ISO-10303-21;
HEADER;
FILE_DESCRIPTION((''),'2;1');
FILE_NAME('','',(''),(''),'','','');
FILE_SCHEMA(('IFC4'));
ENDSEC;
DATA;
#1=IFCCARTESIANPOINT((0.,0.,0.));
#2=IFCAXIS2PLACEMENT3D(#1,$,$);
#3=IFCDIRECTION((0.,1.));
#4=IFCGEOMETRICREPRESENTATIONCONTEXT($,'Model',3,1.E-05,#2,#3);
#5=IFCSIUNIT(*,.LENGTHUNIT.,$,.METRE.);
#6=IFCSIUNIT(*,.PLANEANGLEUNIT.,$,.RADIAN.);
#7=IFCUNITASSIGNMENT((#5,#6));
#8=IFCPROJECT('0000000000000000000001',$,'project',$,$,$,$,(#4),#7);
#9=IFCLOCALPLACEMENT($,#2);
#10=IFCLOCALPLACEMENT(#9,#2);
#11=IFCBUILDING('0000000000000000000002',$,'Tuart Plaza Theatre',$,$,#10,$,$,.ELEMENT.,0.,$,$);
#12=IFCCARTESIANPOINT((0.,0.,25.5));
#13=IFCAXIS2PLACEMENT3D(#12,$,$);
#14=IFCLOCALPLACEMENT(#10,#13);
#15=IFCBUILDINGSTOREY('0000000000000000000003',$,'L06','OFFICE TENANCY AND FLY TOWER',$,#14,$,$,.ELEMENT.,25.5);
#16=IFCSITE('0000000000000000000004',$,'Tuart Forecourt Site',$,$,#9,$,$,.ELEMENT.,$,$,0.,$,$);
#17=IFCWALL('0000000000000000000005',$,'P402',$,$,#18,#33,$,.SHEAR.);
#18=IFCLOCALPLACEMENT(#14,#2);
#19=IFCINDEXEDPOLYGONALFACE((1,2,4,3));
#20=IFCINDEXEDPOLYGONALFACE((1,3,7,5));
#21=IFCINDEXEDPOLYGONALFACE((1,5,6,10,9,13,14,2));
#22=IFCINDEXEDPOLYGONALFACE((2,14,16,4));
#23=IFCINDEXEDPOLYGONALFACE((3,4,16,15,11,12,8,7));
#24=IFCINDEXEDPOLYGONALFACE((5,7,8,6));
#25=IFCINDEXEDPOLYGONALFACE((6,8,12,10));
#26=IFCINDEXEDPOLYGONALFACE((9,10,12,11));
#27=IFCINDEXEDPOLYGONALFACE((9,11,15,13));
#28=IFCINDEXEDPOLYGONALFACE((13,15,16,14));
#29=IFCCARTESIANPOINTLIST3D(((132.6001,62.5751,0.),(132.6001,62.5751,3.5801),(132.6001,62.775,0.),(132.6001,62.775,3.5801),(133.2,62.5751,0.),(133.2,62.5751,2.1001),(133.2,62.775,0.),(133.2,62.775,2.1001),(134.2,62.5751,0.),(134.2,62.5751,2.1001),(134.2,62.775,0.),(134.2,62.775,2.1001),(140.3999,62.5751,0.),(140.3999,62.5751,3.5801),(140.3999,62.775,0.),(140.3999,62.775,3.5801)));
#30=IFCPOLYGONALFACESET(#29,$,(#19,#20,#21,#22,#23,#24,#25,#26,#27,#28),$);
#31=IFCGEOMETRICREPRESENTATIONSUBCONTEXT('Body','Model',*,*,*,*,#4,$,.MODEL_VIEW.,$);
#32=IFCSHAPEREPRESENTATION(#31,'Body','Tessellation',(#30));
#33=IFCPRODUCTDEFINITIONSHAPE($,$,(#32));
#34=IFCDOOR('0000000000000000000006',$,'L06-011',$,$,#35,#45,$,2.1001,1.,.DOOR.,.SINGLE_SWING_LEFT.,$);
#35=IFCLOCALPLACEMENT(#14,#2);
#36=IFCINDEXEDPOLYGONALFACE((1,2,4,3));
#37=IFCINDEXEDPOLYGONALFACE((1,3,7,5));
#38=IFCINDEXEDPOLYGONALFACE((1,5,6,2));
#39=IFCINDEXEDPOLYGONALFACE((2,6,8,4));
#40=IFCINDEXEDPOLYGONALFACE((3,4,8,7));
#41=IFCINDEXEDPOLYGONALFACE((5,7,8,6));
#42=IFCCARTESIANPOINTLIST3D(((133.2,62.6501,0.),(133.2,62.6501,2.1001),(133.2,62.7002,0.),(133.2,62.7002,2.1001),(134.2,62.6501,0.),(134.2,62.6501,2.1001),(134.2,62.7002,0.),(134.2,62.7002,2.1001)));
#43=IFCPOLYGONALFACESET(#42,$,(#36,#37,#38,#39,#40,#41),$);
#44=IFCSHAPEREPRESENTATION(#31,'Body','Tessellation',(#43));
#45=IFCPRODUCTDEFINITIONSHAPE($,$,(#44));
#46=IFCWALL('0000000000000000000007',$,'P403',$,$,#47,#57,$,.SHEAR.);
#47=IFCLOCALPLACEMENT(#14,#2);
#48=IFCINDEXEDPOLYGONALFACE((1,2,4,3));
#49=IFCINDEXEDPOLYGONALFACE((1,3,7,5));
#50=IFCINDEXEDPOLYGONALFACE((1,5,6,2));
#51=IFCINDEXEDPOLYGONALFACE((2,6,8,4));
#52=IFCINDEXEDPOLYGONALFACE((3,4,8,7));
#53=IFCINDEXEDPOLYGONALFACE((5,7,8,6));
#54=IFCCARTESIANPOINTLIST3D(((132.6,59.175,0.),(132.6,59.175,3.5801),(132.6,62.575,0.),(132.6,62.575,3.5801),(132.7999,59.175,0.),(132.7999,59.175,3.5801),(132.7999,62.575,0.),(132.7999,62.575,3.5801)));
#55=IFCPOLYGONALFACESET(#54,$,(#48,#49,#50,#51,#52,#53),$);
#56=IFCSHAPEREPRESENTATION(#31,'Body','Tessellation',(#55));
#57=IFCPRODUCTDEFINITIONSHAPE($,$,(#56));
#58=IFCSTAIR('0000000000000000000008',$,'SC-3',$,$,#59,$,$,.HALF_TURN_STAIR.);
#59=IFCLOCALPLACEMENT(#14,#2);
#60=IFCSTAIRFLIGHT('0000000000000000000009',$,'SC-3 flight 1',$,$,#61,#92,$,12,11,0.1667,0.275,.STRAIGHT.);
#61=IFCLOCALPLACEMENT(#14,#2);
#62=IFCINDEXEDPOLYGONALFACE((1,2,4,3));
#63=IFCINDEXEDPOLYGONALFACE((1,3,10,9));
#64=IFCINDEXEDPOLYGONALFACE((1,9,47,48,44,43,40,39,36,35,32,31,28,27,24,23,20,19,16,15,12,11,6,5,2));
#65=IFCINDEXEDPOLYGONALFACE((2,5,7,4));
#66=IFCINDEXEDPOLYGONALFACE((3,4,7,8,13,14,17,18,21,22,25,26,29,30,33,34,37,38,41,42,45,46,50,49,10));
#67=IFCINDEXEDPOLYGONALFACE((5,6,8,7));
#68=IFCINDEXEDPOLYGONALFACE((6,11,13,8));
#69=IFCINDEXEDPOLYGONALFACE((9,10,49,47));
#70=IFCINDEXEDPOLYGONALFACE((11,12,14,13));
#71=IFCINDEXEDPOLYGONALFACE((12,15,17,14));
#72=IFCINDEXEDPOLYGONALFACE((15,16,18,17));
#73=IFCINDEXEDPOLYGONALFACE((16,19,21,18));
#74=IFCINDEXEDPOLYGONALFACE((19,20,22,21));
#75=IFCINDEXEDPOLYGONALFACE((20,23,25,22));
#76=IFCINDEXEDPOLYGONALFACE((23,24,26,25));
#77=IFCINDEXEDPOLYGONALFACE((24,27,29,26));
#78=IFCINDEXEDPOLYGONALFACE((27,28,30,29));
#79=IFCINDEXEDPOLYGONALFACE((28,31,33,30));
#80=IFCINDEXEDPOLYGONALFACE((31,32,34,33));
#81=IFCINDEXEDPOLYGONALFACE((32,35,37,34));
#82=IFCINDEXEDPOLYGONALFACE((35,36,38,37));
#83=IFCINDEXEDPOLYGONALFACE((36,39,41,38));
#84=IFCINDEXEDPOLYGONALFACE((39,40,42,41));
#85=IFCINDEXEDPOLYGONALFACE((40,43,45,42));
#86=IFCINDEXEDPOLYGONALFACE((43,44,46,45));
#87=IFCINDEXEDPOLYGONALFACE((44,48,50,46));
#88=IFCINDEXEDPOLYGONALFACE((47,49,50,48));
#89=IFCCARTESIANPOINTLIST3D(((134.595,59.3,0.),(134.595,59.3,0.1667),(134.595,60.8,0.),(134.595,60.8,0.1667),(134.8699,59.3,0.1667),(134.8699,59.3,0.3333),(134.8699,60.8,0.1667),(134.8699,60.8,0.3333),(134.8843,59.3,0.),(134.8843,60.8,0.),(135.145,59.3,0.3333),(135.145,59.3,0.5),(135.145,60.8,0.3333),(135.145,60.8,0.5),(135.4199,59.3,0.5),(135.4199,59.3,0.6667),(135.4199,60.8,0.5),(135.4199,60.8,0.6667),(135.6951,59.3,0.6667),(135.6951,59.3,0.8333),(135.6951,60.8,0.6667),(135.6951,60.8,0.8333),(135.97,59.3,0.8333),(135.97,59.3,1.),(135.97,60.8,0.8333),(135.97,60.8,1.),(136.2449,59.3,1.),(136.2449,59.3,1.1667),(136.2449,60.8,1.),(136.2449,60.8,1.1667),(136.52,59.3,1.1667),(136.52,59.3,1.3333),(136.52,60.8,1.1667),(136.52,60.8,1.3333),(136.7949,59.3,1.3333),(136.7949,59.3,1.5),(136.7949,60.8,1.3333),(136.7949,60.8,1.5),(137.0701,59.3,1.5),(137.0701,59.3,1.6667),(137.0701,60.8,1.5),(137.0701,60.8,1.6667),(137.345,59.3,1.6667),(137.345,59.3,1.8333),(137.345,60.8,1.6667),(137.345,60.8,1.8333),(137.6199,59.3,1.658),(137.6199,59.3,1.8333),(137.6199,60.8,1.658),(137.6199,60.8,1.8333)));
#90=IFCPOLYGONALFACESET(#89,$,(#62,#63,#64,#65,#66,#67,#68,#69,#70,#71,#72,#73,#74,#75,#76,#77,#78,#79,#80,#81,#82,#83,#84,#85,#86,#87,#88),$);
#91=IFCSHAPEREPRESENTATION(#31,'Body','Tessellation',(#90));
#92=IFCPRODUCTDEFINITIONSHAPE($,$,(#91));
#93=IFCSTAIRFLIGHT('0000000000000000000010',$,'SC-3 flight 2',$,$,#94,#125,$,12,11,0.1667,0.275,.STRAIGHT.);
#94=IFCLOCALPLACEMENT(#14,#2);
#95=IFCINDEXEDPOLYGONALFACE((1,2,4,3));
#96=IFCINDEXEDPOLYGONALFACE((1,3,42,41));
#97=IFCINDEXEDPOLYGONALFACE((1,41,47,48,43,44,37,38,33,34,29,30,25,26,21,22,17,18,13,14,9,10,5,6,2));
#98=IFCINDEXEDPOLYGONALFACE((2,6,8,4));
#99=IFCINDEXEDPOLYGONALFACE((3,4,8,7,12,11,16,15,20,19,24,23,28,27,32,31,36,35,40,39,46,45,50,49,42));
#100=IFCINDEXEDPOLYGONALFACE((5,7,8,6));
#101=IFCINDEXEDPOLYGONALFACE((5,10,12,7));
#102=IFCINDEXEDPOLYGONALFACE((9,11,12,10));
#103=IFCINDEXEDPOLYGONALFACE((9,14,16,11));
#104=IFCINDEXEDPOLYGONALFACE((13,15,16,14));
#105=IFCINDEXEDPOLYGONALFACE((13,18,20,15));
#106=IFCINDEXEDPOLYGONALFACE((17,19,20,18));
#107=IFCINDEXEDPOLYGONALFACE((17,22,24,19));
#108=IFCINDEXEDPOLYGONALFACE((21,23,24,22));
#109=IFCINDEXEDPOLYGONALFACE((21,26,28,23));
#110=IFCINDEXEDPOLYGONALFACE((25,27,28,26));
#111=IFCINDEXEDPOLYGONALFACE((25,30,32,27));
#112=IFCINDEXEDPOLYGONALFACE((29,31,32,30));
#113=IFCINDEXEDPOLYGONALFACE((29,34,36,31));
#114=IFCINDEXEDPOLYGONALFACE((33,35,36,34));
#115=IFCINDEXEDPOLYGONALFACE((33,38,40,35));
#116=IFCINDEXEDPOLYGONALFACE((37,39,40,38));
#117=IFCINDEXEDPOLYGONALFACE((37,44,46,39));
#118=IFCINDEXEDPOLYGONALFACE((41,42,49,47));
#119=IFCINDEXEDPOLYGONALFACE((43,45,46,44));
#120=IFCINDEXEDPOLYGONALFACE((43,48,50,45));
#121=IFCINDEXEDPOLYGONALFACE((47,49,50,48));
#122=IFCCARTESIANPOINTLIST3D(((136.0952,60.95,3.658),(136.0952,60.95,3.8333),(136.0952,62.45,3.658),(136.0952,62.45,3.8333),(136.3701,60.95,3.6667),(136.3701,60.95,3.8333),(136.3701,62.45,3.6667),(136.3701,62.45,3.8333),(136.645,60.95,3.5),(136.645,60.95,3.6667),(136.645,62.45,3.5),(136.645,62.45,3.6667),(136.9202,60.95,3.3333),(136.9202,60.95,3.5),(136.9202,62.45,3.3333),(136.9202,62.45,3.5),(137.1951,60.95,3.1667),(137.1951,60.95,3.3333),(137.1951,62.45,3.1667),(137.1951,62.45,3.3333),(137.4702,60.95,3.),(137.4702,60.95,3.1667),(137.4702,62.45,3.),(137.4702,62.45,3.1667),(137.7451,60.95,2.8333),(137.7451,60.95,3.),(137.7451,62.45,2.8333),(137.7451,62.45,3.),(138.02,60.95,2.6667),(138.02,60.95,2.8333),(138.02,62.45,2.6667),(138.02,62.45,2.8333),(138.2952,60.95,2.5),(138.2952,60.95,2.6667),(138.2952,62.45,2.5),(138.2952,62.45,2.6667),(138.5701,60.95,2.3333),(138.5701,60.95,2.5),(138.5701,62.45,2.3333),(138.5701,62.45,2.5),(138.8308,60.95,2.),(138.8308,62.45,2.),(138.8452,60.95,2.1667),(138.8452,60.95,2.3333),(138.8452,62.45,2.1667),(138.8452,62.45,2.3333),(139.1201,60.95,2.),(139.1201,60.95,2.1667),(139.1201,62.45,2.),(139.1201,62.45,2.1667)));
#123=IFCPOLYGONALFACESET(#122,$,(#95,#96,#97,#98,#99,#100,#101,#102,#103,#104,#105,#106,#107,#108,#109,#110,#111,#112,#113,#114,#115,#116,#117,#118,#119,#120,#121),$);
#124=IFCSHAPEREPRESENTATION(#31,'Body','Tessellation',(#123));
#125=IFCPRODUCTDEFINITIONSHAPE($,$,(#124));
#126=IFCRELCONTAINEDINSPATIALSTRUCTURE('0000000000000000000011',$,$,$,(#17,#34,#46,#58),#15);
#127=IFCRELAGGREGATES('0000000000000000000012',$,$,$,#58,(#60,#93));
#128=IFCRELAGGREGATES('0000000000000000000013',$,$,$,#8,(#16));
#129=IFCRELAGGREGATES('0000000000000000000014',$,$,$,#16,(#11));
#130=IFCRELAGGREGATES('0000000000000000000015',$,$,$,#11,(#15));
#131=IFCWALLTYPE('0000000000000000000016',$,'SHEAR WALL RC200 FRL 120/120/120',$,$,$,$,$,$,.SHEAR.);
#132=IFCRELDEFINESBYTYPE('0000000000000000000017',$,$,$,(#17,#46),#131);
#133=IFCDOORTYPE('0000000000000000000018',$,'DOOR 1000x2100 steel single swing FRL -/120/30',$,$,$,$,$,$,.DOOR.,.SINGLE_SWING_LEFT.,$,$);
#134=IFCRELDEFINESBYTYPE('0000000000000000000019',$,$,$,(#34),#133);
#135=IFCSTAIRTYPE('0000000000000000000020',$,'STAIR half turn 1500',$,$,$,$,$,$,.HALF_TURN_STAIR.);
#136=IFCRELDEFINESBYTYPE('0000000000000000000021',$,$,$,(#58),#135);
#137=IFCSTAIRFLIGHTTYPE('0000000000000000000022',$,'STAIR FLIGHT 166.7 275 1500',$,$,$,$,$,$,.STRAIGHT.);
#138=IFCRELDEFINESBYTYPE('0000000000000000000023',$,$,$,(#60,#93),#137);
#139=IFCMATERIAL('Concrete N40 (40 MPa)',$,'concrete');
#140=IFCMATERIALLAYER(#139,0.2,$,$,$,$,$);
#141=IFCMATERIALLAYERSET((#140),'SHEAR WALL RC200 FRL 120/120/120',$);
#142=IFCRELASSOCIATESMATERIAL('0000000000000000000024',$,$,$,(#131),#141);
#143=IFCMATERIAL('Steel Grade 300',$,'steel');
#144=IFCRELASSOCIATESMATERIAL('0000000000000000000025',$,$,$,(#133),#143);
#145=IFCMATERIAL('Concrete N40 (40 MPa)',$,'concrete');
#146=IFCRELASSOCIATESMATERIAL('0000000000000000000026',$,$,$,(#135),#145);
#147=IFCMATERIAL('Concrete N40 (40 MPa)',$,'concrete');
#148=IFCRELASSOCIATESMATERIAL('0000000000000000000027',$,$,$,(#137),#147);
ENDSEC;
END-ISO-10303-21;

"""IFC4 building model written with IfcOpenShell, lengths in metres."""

from ifc_helpers import new_model, si_unit, direction, frame, frame_2d, origin, place, context, subcontext, project, spatial, polyline, rectangle, outline, extrude, material, layer, layer_set, type_object, element, fill, aggregate, save


model = new_model("IFC4")

# Units and contexts
model_context = context("Model", 3, precision=1e-05, world=origin(), true_north=direction((0.0, 1.0)))
body_context = subcontext(model_context, "Body", "Model", "MODEL_VIEW")
ifc_project = project(units=[si_unit("LENGTHUNIT", "METRE"), si_unit("PLANEANGLEUNIT", "RADIAN")], contexts=[model_context])

# Site, building, storey
site_placement = place(None, origin())
site = spatial("IfcSite", under=ifc_project, at=site_placement, Name="Tuart Forecourt Site", CompositionType="ELEMENT", RefElevation=0.0)
building_placement = place(site_placement, origin())
building = spatial("IfcBuilding", under=site, at=building_placement, Name="Tuart Plaza Theatre", CompositionType="ELEMENT", ElevationOfRefHeight=0.0)
storey_placement = place(building_placement, frame((0.0, 0.0, 25.5)))
storey = spatial("IfcBuildingStorey", under=building, at=storey_placement, Name="L06", Description="OFFICE TENANCY AND FLY TOWER", CompositionType="ELEMENT", Elevation=25.5)

# Shared definitions
ifc_material_1 = material(Name="Concrete N40 (40 MPa)", Category="concrete")
ifc_layer_1 = layer(ifc_material_1, 0.2)
ifc_layer_set_1 = layer_set([ifc_layer_1], Name="SHEAR WALL RC200 FRL 120/120/120")
wall_type_1 = type_object("IfcWallType", Name="SHEAR WALL RC200 FRL 120/120/120", PredefinedType="SHEAR", material=ifc_layer_set_1)

# Wall, opening, door
wall_1_placement = place(storey_placement, frame((140.3999, 62.675, 0.0), z_axis=(0.0, 0.0, 1.0), x_axis=(-1.0, 0.0, 0.0)))
wall_1 = element("IfcWall", 1, at=wall_1_placement, inside=storey, type_object=wall_type_1, Name="P402", PredefinedType="SHEAR", context=body_context, shape_type="SweptSolid", body=[
    extrude(rectangle(XDim=7.7998, YDim=0.2, at=frame_2d((3.8999, 0.0))), origin(), (0.0, 0.0, 1.0), 3.5801),
])
opening_1_placement = place(wall_1_placement, frame((6.2, 0.0, 0.0)))
opening_1 = element("IfcOpeningElement", 2, at=opening_1_placement, cuts=wall_1, PredefinedType="OPENING", context=body_context, shape_type="SweptSolid", body=[
    extrude(rectangle(XDim=1.0, YDim=2.1001, at=frame_2d((0.5, 1.05))), frame((0.0, 0.1099, 0.0), z_axis=(0.0, -1.0, 0.0), x_axis=(1.0, 0.0, 0.0)), (0.0, 0.0, 1.0), 0.22),
])
ifc_material_2 = material(Name="Steel Grade 300", Category="steel")
door_type_1 = type_object("IfcDoorType", Name="DOOR 1000x2100 steel single swing FRL -/120/30", OperationType="SINGLE_SWING_LEFT", PredefinedType="DOOR", material=ifc_material_2)
door_1_placement = place(opening_1_placement, origin())
door_1 = element("IfcDoor", 3, at=door_1_placement, inside=storey, type_object=door_type_1, Name="L06-011", OperationType="SINGLE_SWING_LEFT", OverallHeight=2.1001, OverallWidth=1.0, PredefinedType="DOOR", context=body_context, shape_type="SweptSolid", body=[
    extrude(rectangle(XDim=1.0, YDim=2.1001, at=frame_2d((0.5, 1.05))), frame((0.0, 0.0249, 0.0), z_axis=(0.0, -1.0, 0.0), x_axis=(1.0, 0.0, 0.0)), (0.0, 0.0, 1.0), 0.05),
])
fill(opening_1, door_1)

# Wall
wall_2_placement = place(storey_placement, frame((132.7, 62.575, 0.0), z_axis=(0.0, 0.0, 1.0), x_axis=(0.0, -1.0, 0.0)))
element("IfcWall", 4, at=wall_2_placement, inside=storey, type_object=wall_type_1, Name="P403", PredefinedType="SHEAR", context=body_context, shape_type="SweptSolid", body=[
    extrude(rectangle(XDim=3.3999, YDim=0.2, at=frame_2d((1.7, 0.0))), origin(), (0.0, 0.0, 1.0), 3.5801),
])

# Stair, stair flights
ifc_material_3 = material(Name="Concrete N40 (40 MPa)", Category="concrete")
stair_type = type_object("IfcStairType", Name="STAIR half turn 1500", PredefinedType="HALF_TURN_STAIR", material=ifc_material_3)
stair_placement = place(storey_placement, origin())
stair = element("IfcStair", 5, at=stair_placement, inside=storey, type_object=stair_type, Name="SC-3", PredefinedType="HALF_TURN_STAIR")
ifc_material_4 = material(Name="Concrete N40 (40 MPa)", Category="concrete")
stair_flight_type = type_object("IfcStairFlightType", Name="STAIR FLIGHT 166.7 275 1500", PredefinedType="STRAIGHT", material=ifc_material_4)
stair_flight_1_placement = place(storey_placement, frame((134.595, 60.05, 0.0), z_axis=(0.0, 0.0, 1.0), x_axis=(1.0, 0.0, 0.0)))
stair_flight_1 = element("IfcStairFlight", 6, at=stair_flight_1_placement, type_object=stair_flight_type, Name="SC-3 flight 1", NumberOfRisers=12, NumberOfTreads=11, PredefinedType="STRAIGHT", RiserHeight=0.1667, TreadLength=0.275, context=body_context, shape_type="SweptSolid", body=[
    extrude(outline(polyline([(0.0, 0.0), (0.0, 0.1667), (0.2749, 0.1667), (0.2749, 0.3333), (0.55, 0.3333), (0.55, 0.5), (0.825, 0.5), (0.825, 0.6667), (1.1001, 0.6667), (1.1001, 0.8333), (1.375, 0.8333), (1.375, 1.0), (1.6499, 1.0), (1.6499, 1.1667), (1.925, 1.1667), (1.925, 1.3333), (2.2, 1.3333), (2.2, 1.5), (2.4751, 1.5), (2.4751, 1.6667), (2.75, 1.6667), (2.75, 1.8333), (3.0249, 1.8333), (3.0249, 2.0), (3.0249, 1.658), (0.2893, 0.0), (0.0, 0.0)])), frame((0.0, 0.75, 0.0), z_axis=(0.0, -1.0, 0.0), x_axis=(1.0, 0.0, 0.0)), (0.0, 0.0, 1.0), 1.5),
])
stair_flight_2_placement = place(storey_placement, frame((139.1201, 61.7, 2.0), z_axis=(0.0, 0.0, 1.0), x_axis=(-1.0, 0.0, 0.0)))
stair_flight_2 = element("IfcStairFlight", 7, at=stair_flight_2_placement, type_object=stair_flight_type, Name="SC-3 flight 2", NumberOfRisers=12, NumberOfTreads=11, PredefinedType="STRAIGHT", RiserHeight=0.1667, TreadLength=0.275, context=body_context, shape_type="SweptSolid", body=[
    extrude(outline(polyline([(0.0, 0.0), (0.0, 0.1667), (0.2749, 0.1667), (0.2749, 0.3333), (0.55, 0.3333), (0.55, 0.5), (0.825, 0.5), (0.825, 0.6667), (1.1001, 0.6667), (1.1001, 0.8333), (1.375, 0.8333), (1.375, 1.0), (1.6499, 1.0), (1.6499, 1.1667), (1.925, 1.1667), (1.925, 1.3333), (2.2, 1.3333), (2.2, 1.5), (2.4751, 1.5), (2.4751, 1.6667), (2.75, 1.6667), (2.75, 1.8333), (3.0249, 1.8333), (3.0249, 2.0), (3.0249, 1.658), (0.2893, 0.0), (0.0, 0.0)])), frame((0.0, 0.75, 0.0), z_axis=(0.0, -1.0, 0.0), x_axis=(1.0, 0.0, 0.0)), (0.0, 0.0, 1.0), 1.5),
])
aggregate(stair, [stair_flight_1, stair_flight_2])

save(model, "model.ifc")
